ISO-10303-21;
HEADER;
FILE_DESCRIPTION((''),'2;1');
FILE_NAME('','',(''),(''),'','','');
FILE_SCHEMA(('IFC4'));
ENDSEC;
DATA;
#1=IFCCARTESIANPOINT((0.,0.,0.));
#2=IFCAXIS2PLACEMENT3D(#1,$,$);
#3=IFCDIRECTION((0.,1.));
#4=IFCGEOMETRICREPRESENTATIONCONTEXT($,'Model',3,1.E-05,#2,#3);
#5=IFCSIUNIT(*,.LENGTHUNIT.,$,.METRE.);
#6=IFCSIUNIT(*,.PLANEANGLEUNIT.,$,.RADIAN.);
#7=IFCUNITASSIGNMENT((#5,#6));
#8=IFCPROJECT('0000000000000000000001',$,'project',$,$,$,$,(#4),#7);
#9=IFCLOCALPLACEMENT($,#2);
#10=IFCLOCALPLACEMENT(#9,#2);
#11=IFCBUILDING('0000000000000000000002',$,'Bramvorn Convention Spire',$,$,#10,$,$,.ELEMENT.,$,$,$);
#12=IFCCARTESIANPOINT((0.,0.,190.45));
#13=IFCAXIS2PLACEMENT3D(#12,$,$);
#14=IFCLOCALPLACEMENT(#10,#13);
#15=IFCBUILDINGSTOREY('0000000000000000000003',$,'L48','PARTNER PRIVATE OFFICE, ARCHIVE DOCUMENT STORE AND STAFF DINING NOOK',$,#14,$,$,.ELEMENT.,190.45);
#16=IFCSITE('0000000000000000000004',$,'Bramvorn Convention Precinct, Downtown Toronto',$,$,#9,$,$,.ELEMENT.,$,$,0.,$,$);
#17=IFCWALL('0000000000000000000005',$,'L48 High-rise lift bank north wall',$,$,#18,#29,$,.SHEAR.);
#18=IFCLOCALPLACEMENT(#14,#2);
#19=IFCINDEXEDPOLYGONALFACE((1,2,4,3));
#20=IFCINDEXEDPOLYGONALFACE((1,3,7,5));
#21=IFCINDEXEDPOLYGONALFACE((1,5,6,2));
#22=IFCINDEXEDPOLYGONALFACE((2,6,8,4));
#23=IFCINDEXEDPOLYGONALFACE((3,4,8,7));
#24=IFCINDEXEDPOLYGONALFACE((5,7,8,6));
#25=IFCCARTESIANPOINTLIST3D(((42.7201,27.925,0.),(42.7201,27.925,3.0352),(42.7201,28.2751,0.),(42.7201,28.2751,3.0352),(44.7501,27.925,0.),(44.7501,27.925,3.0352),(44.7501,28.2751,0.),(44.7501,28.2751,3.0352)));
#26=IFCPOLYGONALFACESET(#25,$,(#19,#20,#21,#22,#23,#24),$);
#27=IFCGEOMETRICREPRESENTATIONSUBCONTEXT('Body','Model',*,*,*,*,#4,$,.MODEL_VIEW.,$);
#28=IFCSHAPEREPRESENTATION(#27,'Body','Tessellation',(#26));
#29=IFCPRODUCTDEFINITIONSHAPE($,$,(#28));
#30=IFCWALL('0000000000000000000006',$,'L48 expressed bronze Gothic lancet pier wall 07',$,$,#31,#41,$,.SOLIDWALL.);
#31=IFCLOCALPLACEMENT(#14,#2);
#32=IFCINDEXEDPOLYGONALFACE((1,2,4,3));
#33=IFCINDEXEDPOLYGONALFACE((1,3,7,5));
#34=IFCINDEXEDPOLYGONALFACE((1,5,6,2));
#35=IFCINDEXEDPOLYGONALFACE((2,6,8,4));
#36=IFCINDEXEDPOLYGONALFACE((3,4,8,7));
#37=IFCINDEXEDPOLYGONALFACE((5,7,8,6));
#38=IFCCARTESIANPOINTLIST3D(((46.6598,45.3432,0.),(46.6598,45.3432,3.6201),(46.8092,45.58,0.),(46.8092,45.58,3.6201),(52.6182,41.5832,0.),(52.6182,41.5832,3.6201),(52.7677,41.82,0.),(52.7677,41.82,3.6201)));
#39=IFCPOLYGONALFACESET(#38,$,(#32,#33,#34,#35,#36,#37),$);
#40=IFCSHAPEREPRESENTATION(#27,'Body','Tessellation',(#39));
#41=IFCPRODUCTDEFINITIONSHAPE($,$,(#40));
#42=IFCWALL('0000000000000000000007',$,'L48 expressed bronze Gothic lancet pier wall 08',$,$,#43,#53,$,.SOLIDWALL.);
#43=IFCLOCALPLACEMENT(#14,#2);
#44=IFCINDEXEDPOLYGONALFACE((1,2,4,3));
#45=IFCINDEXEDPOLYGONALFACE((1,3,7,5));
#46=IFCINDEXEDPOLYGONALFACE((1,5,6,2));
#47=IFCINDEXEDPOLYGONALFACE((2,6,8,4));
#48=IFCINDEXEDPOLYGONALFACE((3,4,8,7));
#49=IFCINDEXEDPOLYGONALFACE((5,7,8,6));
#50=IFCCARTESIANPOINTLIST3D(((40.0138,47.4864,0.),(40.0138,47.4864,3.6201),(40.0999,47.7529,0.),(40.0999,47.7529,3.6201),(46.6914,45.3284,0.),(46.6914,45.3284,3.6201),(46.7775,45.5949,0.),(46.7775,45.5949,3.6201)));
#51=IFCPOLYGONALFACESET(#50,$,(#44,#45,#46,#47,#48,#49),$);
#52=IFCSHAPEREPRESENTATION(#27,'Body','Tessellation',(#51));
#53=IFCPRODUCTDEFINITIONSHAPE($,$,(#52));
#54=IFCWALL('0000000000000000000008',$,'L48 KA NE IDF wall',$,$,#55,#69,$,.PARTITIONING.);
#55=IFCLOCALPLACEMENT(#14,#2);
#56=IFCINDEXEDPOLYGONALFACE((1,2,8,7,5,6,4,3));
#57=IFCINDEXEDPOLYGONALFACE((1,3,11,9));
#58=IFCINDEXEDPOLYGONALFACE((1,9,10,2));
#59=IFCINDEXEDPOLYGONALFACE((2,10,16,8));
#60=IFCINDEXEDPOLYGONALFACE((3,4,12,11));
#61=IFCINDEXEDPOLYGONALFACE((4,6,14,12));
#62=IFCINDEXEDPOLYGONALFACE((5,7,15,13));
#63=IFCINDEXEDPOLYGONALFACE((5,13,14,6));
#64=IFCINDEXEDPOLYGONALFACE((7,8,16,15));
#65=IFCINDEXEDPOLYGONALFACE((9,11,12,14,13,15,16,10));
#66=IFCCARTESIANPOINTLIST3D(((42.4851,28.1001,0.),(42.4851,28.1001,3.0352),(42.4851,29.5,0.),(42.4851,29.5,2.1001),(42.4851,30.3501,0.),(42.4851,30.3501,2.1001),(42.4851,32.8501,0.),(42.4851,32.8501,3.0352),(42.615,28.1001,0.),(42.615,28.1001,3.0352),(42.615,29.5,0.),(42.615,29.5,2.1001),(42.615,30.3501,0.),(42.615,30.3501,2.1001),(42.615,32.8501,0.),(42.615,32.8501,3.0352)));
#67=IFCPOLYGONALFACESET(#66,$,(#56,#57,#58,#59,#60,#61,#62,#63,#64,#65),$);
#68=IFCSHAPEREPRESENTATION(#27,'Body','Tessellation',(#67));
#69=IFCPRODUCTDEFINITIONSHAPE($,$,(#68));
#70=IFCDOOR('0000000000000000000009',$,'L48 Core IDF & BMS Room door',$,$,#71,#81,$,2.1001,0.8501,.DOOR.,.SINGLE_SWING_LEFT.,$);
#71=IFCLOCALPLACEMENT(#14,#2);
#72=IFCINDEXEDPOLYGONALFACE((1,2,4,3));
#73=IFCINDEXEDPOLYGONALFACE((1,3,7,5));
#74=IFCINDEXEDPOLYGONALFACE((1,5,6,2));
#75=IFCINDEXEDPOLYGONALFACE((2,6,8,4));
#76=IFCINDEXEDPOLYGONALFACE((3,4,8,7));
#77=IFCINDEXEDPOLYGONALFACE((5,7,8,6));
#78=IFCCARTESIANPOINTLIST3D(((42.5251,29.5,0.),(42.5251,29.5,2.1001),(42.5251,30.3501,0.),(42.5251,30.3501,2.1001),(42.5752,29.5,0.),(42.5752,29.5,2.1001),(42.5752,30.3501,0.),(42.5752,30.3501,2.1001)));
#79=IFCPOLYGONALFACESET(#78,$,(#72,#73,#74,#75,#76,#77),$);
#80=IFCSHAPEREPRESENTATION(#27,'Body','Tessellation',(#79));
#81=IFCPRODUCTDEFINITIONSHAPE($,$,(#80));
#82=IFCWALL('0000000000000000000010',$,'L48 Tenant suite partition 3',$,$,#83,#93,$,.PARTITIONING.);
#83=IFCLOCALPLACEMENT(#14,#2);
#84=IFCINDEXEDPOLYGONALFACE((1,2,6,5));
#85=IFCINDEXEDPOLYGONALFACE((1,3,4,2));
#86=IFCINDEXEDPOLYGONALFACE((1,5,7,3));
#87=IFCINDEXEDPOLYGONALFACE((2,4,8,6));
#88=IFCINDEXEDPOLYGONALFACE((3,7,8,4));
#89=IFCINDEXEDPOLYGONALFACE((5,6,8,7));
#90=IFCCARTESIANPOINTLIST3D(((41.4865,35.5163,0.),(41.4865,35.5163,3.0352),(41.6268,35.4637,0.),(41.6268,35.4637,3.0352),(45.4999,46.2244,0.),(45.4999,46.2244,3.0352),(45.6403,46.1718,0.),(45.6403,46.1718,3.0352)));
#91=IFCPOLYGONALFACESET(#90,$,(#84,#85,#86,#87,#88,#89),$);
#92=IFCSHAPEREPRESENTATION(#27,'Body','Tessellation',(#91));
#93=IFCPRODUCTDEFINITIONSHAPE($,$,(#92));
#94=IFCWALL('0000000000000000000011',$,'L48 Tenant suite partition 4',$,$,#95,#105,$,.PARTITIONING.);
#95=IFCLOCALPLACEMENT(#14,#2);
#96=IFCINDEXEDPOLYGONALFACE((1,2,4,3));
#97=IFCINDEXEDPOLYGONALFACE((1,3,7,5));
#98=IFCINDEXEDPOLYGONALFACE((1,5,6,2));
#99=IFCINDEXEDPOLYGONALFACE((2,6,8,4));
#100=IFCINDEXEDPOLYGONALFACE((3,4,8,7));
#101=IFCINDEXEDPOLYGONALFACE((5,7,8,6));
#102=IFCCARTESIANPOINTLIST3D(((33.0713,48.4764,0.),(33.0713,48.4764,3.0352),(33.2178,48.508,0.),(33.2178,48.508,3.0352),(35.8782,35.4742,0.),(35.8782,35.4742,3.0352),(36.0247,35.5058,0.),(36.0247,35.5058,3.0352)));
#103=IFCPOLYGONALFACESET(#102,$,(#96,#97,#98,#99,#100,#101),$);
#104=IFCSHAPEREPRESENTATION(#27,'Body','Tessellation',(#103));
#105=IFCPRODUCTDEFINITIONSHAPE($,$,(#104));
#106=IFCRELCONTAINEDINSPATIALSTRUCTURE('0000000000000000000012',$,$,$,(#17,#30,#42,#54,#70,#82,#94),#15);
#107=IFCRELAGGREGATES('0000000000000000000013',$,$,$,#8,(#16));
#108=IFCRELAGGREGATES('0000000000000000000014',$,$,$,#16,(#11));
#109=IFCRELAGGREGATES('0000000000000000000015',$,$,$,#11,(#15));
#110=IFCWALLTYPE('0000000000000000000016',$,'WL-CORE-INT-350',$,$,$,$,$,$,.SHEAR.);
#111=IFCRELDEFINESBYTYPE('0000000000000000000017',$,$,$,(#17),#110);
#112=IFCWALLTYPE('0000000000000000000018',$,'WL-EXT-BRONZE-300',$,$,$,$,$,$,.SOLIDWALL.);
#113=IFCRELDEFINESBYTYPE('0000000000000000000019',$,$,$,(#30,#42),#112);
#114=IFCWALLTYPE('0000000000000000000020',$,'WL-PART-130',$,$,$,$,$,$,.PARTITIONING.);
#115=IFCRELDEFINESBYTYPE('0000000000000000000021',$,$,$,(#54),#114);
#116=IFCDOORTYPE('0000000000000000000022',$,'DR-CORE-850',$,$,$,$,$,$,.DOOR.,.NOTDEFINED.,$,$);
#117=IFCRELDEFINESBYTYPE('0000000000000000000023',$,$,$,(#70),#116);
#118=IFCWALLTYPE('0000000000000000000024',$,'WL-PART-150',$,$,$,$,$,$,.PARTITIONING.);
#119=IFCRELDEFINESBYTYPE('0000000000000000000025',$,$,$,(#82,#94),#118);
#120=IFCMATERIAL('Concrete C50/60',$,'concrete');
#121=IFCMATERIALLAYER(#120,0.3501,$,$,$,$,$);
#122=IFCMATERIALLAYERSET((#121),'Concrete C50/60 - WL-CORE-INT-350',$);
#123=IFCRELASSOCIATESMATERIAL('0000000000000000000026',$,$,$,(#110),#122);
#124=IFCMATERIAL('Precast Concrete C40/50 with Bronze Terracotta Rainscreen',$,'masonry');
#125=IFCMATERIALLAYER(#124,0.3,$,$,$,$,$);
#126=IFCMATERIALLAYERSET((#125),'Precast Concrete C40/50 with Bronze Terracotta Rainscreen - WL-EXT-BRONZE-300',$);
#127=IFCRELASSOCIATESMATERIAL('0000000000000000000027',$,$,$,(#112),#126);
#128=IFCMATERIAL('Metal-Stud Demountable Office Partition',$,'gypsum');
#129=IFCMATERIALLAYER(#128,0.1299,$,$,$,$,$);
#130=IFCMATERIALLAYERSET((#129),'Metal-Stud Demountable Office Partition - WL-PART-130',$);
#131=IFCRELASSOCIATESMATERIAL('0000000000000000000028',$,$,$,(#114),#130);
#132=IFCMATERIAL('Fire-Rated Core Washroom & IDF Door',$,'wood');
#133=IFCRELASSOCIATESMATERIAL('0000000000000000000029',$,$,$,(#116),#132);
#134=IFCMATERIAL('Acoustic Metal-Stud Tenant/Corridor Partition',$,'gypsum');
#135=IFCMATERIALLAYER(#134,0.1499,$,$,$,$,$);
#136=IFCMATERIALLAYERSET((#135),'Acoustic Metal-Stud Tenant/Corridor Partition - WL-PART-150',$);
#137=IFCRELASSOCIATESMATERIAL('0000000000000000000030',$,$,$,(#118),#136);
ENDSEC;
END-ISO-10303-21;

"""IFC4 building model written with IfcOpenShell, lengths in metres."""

from ifc_helpers import new_model, si_unit, direction, frame, frame_2d, origin, place, context, subcontext, project, spatial, rectangle, extrude, material, layer, layer_set, type_object, element, fill, save


model = new_model("IFC4")

# Units and contexts
model_context = context("Model", 3, precision=1e-05, world=origin(), true_north=direction((0.0, 1.0)))
body_context = subcontext(model_context, "Body", "Model", "MODEL_VIEW")
ifc_project = project(units=[si_unit("LENGTHUNIT", "METRE"), si_unit("PLANEANGLEUNIT", "RADIAN")], contexts=[model_context])

# Site, building, storey
site_placement = place(None, origin())
site = spatial("IfcSite", under=ifc_project, at=site_placement, Name="Bramvorn Convention Precinct, Downtown Toronto", CompositionType="ELEMENT", RefElevation=0.0)
building_placement = place(site_placement, origin())
building = spatial("IfcBuilding", under=site, at=building_placement, Name="Bramvorn Convention Spire", CompositionType="ELEMENT")
storey_placement = place(building_placement, frame((0.0, 0.0, 190.45)))
storey = spatial("IfcBuildingStorey", under=building, at=storey_placement, Name="L48", Description="PARTNER PRIVATE OFFICE, ARCHIVE DOCUMENT STORE AND STAFF DINING NOOK", CompositionType="ELEMENT", Elevation=190.45)

# Shared definitions
ifc_material_1 = material(Name="Concrete C50/60", Category="concrete")
ifc_layer_1 = layer(ifc_material_1, 0.3501)
ifc_layer_set_1 = layer_set([ifc_layer_1], Name="Concrete C50/60 - WL-CORE-INT-350")
wall_type_1 = type_object("IfcWallType", Name="WL-CORE-INT-350", PredefinedType="SHEAR", material=ifc_layer_set_1)

# Walls
wall_1_placement = place(storey_placement, frame((42.72, 28.1001, 0.0), z_axis=(0.0, 0.0, 1.0), x_axis=(1.0, 0.0, 0.0)))
element("IfcWall", 1, at=wall_1_placement, inside=storey, type_object=wall_type_1, Name="L48 High-rise lift bank north wall", PredefinedType="SHEAR", context=body_context, shape_type="SweptSolid", body=[
    extrude(rectangle(XDim=2.03, YDim=0.3501, at=frame_2d((1.0151, 0.0))), origin(), (0.0, 0.0, 1.0), 3.0352),
])
ifc_material_2 = material(Name="Precast Concrete C40/50 with Bronze Terracotta Rainscreen", Category="masonry")
ifc_layer_2 = layer(ifc_material_2, 0.3)
ifc_layer_set_2 = layer_set([ifc_layer_2], Name="Precast Concrete C40/50 with Bronze Terracotta Rainscreen - WL-EXT-BRONZE-300")
wall_type_2 = type_object("IfcWallType", Name="WL-EXT-BRONZE-300", PredefinedType="SOLIDWALL", material=ifc_layer_set_2)
wall_2_placement = place(storey_placement, frame((46.7344, 45.4617, 0.0), z_axis=(0.0, 0.0, 1.0), x_axis=(0.845697, -0.533663, 0.0)))
element("IfcWall", 2, at=wall_2_placement, inside=storey, type_object=wall_type_2, Name="L48 expressed bronze Gothic lancet pier wall 07", PredefinedType="SOLIDWALL", context=body_context, shape_type="SweptSolid", body=[
    extrude(rectangle(XDim=7.0457, YDim=0.28, at=frame_2d((3.5229, 0.0))), origin(), (0.0, 0.0, 1.0), 3.6201),
])
wall_3_placement = place(storey_placement, frame((40.0569, 47.6196, 0.0), z_axis=(0.0, 0.0, 1.0), x_axis=(0.951545, -0.30751, 0.0)))
element("IfcWall", 3, at=wall_3_placement, inside=storey, type_object=wall_type_2, Name="L48 expressed bronze Gothic lancet pier wall 08", PredefinedType="SOLIDWALL", context=body_context, shape_type="SweptSolid", body=[
    extrude(rectangle(XDim=7.0176, YDim=0.28, at=frame_2d((3.5088, 0.0))), origin(), (0.0, 0.0, 1.0), 3.6201),
])

# Wall, opening, door
ifc_material_3 = material(Name="Metal-Stud Demountable Office Partition", Category="gypsum")
ifc_layer_3 = layer(ifc_material_3, 0.1299)
ifc_layer_set_3 = layer_set([ifc_layer_3], Name="Metal-Stud Demountable Office Partition - WL-PART-130")
wall_type_3 = type_object("IfcWallType", Name="WL-PART-130", PredefinedType="PARTITIONING", material=ifc_layer_set_3)
wall_4_placement = place(storey_placement, frame((42.55, 28.1001, 0.0), z_axis=(0.0, 0.0, 1.0), x_axis=(0.0, 1.0, 0.0)))
wall_4 = element("IfcWall", 4, at=wall_4_placement, inside=storey, type_object=wall_type_3, Name="L48 KA NE IDF wall", PredefinedType="PARTITIONING", context=body_context, shape_type="SweptSolid", body=[
    extrude(rectangle(XDim=4.75, YDim=0.1299, at=frame_2d((2.375, 0.0))), origin(), (0.0, 0.0, 1.0), 3.0352),
])
opening_1_placement = place(wall_4_placement, frame((1.3999, 0.0, 0.0)))
opening_1 = element("IfcOpeningElement", 5, at=opening_1_placement, cuts=wall_4, PredefinedType="OPENING", context=body_context, shape_type="SweptSolid", body=[
    extrude(rectangle(XDim=0.8501, YDim=2.1001, at=frame_2d((0.425, 1.05))), frame((0.0, 0.075, 0.0), z_axis=(0.0, -1.0, 0.0), x_axis=(1.0, 0.0, 0.0)), (0.0, 0.0, 1.0), 0.1499),
])
ifc_material_4 = material(Name="Fire-Rated Core Washroom & IDF Door", Category="wood")
door_type_1 = type_object("IfcDoorType", Name="DR-CORE-850", OperationType="NOTDEFINED", PredefinedType="DOOR", material=ifc_material_4)
door_1_placement = place(opening_1_placement, origin())
door_1 = element("IfcDoor", 6, at=door_1_placement, inside=storey, type_object=door_type_1, Name="L48 Core IDF & BMS Room door", OperationType="SINGLE_SWING_LEFT", OverallHeight=2.1001, OverallWidth=0.8501, PredefinedType="DOOR", context=body_context, shape_type="SweptSolid", body=[
    extrude(rectangle(XDim=0.8501, YDim=2.1001, at=frame_2d((0.425, 1.05))), frame((0.0, 0.0249, 0.0), z_axis=(0.0, -1.0, 0.0), x_axis=(1.0, 0.0, 0.0)), (0.0, 0.0, 1.0), 0.05),
])
fill(opening_1, door_1)

# Walls
ifc_material_5 = material(Name="Acoustic Metal-Stud Tenant/Corridor Partition", Category="gypsum")
ifc_layer_4 = layer(ifc_material_5, 0.1499)
ifc_layer_set_4 = layer_set([ifc_layer_4], Name="Acoustic Metal-Stud Tenant/Corridor Partition - WL-PART-150")
wall_type_4 = type_object("IfcWallType", Name="WL-PART-150", PredefinedType="PARTITIONING", material=ifc_layer_set_4)
wall_5_placement = place(storey_placement, frame((41.5566, 35.49, 0.0), z_axis=(0.0, 0.0, 1.0), x_axis=(0.350964, 0.936389, 0.0)))
element("IfcWall", 7, at=wall_5_placement, inside=storey, type_object=wall_type_4, Name="L48 Tenant suite partition 3", PredefinedType="PARTITIONING", context=body_context, shape_type="SweptSolid", body=[
    extrude(rectangle(XDim=11.4355, YDim=0.1499, at=frame_2d((5.7178, 0.0))), origin(), (0.0, 0.0, 1.0), 3.0352),
])
wall_6_placement = place(storey_placement, frame((35.9514, 35.49, 0.0), z_axis=(0.0, 0.0, 1.0), x_axis=(-0.211017, 0.977482, 0.0)))
element("IfcWall", 8, at=wall_6_placement, inside=storey, type_object=wall_type_4, Name="L48 Tenant suite partition 4", PredefinedType="PARTITIONING", context=body_context, shape_type="SweptSolid", body=[
    extrude(rectangle(XDim=13.3018, YDim=0.1499, at=frame_2d((6.6509, 0.0))), origin(), (0.0, 0.0, 1.0), 3.0352),
])

save(model, "model.ifc")
